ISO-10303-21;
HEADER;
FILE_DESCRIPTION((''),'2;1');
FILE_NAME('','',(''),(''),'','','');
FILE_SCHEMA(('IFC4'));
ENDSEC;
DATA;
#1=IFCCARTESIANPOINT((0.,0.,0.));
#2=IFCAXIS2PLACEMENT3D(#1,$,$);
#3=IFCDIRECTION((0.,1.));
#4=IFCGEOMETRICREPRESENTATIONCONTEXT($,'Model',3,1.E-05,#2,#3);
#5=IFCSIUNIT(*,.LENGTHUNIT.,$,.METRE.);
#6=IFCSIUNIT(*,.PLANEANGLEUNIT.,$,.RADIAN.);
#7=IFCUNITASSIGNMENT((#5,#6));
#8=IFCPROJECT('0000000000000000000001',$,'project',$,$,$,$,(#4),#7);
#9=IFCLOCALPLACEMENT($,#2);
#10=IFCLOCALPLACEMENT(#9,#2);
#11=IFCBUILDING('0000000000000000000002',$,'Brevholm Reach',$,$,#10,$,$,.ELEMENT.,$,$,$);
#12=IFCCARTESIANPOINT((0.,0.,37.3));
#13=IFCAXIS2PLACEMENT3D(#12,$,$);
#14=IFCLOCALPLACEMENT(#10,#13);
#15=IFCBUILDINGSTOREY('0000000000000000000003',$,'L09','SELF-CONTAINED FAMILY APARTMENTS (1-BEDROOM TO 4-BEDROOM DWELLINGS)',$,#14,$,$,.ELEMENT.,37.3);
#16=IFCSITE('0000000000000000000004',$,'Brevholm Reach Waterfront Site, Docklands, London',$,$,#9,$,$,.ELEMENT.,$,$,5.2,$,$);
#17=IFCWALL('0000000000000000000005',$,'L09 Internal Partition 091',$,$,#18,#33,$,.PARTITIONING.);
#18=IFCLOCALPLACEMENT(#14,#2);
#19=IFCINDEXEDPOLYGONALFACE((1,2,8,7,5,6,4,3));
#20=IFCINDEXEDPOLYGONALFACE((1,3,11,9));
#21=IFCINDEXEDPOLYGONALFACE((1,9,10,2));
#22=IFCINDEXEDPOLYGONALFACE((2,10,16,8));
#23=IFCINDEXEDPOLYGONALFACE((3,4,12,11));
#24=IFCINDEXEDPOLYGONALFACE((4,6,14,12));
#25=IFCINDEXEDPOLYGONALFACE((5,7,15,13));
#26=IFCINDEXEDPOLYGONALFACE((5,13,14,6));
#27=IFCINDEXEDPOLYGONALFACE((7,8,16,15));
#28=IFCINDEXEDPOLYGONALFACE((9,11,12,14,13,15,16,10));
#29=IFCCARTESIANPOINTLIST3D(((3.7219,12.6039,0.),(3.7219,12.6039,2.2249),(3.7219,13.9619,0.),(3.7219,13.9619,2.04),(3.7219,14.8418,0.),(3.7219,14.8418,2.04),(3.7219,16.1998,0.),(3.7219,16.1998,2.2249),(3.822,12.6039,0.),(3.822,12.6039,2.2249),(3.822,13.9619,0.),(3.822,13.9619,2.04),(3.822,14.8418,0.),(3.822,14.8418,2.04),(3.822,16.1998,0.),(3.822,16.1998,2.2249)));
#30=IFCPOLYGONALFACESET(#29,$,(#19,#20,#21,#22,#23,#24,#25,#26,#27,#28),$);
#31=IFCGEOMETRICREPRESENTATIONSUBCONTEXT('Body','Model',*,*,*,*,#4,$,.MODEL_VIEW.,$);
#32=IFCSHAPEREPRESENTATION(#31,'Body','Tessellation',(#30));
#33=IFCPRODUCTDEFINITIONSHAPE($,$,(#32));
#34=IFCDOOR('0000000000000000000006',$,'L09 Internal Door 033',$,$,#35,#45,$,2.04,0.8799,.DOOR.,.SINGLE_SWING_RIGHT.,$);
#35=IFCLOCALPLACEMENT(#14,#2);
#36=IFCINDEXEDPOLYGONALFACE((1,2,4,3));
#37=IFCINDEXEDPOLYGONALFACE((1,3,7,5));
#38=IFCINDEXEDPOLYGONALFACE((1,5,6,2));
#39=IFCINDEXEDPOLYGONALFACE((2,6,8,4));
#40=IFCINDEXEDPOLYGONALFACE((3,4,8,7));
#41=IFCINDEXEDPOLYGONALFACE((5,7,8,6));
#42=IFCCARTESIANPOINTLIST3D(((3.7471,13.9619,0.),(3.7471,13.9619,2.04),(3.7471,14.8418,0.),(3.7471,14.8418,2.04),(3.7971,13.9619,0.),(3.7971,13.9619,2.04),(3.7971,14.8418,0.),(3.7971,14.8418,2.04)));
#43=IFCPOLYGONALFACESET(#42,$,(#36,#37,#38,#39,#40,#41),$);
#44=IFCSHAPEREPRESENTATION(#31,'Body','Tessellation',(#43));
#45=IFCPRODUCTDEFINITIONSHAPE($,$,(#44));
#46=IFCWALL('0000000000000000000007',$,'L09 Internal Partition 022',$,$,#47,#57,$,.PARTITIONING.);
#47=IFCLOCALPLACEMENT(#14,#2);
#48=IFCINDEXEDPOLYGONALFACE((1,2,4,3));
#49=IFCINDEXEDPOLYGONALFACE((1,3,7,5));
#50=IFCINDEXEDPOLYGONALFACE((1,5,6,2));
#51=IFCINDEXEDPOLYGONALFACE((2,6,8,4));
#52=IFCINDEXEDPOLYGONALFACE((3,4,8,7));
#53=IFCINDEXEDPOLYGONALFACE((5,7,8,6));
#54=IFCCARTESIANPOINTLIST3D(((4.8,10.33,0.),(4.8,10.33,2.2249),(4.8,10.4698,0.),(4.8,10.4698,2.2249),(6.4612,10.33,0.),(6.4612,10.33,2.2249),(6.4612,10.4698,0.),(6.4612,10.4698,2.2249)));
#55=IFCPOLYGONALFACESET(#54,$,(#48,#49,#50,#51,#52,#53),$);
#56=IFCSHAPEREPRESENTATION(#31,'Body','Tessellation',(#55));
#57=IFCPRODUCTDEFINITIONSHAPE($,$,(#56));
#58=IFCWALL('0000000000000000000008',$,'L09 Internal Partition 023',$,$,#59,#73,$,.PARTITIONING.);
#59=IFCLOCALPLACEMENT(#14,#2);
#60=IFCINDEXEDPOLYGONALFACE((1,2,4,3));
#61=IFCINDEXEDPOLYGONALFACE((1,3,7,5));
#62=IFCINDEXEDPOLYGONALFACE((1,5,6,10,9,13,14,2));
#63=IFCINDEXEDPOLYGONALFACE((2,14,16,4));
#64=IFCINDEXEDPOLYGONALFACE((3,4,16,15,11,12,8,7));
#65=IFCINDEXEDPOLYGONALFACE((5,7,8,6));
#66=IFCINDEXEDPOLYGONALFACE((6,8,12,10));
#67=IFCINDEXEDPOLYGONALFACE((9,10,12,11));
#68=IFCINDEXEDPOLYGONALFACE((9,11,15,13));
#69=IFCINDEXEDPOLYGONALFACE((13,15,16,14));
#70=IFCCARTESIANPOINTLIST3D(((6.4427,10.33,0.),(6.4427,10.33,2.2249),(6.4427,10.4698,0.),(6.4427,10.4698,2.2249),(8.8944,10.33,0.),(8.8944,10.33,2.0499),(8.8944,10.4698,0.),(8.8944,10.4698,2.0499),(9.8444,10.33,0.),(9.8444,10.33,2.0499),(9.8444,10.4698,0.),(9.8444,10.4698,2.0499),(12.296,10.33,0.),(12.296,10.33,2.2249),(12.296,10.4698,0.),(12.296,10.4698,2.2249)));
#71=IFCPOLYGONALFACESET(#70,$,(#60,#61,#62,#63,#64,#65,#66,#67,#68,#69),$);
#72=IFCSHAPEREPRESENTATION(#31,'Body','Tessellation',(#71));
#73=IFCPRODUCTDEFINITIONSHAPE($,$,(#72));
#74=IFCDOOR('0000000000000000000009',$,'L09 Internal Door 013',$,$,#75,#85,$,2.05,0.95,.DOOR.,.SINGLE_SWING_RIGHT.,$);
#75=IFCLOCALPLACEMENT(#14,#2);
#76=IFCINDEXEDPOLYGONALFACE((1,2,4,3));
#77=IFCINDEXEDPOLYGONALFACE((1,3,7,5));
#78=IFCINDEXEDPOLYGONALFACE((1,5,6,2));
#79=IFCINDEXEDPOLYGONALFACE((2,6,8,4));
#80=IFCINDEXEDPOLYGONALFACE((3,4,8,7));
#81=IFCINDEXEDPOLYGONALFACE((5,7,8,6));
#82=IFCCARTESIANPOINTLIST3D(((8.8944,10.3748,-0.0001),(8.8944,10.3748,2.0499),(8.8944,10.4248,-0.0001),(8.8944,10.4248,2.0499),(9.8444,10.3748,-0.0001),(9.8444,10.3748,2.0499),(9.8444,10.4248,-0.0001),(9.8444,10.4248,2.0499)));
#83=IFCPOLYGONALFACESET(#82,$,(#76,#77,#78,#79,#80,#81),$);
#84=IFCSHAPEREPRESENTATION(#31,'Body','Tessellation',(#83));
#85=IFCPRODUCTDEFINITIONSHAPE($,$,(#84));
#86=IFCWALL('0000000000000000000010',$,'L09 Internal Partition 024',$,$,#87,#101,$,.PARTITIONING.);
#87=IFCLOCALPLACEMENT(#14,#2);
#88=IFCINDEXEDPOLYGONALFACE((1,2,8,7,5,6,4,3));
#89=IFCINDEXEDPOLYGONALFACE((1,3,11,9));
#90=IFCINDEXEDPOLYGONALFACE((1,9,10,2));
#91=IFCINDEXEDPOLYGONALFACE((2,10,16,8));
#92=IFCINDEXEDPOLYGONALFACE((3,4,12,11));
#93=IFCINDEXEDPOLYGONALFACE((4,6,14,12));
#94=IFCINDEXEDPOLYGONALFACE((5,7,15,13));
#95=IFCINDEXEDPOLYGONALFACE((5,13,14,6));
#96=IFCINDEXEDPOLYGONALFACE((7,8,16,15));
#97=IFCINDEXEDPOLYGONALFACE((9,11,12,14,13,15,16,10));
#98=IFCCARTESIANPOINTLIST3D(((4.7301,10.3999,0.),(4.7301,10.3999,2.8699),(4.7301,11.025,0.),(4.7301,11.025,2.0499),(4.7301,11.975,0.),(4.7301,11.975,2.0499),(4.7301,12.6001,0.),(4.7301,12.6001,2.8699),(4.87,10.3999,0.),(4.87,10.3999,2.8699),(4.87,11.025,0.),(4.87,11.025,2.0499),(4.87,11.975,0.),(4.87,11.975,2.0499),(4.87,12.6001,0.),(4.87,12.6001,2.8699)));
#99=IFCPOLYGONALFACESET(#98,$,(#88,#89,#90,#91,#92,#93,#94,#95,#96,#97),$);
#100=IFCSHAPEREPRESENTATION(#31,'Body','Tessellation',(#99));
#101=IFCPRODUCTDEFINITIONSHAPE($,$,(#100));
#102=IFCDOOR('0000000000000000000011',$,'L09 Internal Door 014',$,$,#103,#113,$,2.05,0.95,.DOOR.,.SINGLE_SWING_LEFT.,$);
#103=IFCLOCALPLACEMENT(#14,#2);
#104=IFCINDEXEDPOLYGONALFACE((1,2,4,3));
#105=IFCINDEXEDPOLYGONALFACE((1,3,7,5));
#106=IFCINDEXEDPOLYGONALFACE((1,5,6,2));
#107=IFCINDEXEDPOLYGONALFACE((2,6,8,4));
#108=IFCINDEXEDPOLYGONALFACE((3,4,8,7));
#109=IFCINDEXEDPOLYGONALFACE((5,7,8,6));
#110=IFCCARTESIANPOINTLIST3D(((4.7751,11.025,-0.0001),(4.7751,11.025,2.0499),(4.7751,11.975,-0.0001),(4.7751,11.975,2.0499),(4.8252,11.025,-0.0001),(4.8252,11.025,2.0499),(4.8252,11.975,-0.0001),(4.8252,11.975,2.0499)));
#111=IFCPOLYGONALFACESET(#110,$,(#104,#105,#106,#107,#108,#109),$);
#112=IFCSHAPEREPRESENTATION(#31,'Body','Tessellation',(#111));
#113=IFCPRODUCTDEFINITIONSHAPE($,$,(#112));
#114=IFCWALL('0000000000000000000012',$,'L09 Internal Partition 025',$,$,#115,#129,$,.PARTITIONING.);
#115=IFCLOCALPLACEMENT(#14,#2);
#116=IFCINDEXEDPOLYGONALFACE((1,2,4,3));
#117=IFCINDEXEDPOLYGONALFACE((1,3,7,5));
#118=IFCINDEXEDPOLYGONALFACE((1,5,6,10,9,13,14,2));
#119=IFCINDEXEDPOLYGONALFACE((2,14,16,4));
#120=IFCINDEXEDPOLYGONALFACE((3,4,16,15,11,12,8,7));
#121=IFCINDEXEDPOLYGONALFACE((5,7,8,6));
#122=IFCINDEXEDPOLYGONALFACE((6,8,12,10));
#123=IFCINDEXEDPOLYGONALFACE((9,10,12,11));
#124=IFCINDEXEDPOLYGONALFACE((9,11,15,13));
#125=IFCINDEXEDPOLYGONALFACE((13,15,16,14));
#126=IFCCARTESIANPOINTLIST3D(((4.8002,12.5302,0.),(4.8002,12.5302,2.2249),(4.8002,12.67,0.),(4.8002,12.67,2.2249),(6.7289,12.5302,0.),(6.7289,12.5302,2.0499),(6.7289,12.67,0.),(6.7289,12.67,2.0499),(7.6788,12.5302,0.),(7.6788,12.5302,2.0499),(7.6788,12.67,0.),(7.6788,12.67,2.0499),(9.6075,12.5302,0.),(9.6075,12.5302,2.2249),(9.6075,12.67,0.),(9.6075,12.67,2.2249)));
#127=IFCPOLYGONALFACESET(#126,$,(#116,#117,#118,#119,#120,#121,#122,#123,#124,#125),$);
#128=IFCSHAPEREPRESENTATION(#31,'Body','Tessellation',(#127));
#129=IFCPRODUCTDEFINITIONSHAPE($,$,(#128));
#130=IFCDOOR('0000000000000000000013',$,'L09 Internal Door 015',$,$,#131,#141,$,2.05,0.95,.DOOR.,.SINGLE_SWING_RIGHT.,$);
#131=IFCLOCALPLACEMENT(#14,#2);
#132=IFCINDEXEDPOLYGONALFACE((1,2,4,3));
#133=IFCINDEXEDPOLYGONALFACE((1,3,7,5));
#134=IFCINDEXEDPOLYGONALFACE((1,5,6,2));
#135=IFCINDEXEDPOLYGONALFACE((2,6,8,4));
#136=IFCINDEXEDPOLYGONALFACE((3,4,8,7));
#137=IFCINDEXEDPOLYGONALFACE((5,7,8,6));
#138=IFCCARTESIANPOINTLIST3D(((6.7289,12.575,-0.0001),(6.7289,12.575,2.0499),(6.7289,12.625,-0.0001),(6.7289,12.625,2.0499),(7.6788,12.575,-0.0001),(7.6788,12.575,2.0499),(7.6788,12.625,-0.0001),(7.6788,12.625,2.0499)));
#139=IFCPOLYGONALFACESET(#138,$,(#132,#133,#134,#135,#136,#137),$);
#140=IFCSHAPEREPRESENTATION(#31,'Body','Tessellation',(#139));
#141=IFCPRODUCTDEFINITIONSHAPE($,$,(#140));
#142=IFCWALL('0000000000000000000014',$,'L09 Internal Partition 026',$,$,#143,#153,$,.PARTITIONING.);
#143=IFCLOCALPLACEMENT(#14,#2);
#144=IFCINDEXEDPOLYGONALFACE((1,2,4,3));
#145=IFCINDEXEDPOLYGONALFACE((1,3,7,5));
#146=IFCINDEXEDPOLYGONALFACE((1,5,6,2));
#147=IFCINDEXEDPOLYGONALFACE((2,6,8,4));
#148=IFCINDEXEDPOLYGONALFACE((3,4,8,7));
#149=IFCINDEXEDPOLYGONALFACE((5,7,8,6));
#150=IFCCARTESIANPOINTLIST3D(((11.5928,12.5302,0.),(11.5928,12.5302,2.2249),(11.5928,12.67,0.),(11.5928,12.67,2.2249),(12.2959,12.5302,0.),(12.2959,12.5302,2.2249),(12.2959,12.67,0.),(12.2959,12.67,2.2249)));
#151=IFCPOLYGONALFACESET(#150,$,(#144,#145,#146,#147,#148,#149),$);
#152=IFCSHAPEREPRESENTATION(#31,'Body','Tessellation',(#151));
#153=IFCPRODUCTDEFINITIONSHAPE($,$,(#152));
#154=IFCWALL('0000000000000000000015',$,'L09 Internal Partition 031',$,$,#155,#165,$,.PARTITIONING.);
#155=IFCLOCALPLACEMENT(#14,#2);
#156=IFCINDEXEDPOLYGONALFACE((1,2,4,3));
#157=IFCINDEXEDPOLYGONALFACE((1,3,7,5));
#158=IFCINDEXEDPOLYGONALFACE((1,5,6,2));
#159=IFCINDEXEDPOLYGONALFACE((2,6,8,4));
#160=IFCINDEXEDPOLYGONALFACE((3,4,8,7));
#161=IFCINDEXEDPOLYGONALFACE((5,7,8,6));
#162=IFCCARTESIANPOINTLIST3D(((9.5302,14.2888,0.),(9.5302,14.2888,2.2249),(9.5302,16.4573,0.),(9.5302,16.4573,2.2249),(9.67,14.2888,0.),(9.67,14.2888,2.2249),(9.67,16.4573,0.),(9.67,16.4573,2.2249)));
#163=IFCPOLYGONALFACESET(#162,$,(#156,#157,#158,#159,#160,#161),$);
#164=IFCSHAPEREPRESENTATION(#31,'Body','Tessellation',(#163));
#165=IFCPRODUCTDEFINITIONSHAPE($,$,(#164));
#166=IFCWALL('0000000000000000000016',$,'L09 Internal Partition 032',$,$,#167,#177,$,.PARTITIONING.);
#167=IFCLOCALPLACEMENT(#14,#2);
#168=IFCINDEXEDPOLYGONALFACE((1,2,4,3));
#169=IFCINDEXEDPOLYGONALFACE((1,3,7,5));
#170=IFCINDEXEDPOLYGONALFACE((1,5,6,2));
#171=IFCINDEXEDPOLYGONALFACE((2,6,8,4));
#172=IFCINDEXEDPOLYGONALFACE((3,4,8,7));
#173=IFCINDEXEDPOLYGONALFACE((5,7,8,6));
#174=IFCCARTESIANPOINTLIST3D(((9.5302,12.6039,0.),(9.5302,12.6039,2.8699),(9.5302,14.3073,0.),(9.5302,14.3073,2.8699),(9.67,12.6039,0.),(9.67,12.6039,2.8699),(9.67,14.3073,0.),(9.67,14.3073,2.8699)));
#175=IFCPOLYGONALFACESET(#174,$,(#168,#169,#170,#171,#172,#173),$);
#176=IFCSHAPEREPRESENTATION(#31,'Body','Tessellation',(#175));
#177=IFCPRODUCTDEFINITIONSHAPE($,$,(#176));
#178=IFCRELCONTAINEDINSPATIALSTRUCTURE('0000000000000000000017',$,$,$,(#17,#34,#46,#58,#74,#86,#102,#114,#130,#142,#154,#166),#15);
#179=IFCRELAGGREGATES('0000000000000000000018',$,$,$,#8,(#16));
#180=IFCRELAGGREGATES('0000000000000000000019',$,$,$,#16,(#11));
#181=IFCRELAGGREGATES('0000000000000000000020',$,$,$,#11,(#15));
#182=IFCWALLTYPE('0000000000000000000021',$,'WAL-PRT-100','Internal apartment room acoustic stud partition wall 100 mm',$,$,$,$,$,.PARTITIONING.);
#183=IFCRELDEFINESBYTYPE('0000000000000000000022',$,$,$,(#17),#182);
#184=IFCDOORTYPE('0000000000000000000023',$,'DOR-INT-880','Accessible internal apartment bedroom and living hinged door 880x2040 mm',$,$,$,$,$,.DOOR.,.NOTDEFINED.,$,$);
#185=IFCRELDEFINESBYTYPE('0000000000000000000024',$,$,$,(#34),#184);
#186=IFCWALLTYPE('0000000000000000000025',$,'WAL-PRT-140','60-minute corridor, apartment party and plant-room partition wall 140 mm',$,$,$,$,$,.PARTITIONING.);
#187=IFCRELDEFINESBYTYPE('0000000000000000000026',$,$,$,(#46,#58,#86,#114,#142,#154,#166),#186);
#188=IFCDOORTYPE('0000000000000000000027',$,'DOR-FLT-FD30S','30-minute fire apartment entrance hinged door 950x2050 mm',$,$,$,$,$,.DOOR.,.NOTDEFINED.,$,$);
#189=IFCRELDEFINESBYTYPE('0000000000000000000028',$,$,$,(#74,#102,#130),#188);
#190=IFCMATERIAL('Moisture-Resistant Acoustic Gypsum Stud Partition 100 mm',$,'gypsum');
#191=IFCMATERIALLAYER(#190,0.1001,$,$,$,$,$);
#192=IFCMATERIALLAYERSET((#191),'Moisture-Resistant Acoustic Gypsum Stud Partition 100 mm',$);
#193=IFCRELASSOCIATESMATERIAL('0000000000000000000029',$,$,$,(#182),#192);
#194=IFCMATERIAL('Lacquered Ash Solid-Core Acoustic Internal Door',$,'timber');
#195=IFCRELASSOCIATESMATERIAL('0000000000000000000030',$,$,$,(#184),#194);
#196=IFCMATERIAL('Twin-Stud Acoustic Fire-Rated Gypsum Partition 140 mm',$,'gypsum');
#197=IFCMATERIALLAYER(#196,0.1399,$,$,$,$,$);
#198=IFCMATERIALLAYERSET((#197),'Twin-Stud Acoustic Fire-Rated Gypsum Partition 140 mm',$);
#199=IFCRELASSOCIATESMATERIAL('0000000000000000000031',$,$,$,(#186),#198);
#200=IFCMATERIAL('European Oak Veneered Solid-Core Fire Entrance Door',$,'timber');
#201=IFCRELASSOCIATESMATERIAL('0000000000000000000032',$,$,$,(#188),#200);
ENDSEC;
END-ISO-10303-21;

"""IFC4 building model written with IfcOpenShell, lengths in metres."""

from ifc_helpers import new_model, si_unit, direction, frame, frame_2d, origin, place, context, subcontext, project, spatial, rectangle, extrude, material, layer, layer_set, type_object, element, fill, save


model = new_model("IFC4")

# Units and contexts
model_context = context("Model", 3, precision=1e-05, world=origin(), true_north=direction((0.0, 1.0)))
body_context = subcontext(model_context, "Body", "Model", "MODEL_VIEW")
ifc_project = project(units=[si_unit("LENGTHUNIT", "METRE"), si_unit("PLANEANGLEUNIT", "RADIAN")], contexts=[model_context])

# Site, building, storey
site_placement = place(None, origin())
site = spatial("IfcSite", under=ifc_project, at=site_placement, Name="Brevholm Reach Waterfront Site, Docklands, London", CompositionType="ELEMENT", RefElevation=5.2)
building_placement = place(site_placement, origin())
building = spatial("IfcBuilding", under=site, at=building_placement, Name="Brevholm Reach", CompositionType="ELEMENT")
storey_placement = place(building_placement, frame((0.0, 0.0, 37.3)))
storey = spatial("IfcBuildingStorey", under=building, at=storey_placement, Name="L09", Description="SELF-CONTAINED FAMILY APARTMENTS (1-BEDROOM TO 4-BEDROOM DWELLINGS)", CompositionType="ELEMENT", Elevation=37.3)

# Shared definitions
ifc_material_1 = material(Name="Moisture-Resistant Acoustic Gypsum Stud Partition 100 mm", Category="gypsum")
ifc_layer_1 = layer(ifc_material_1, 0.1001)
ifc_layer_set_1 = layer_set([ifc_layer_1], Name="Moisture-Resistant Acoustic Gypsum Stud Partition 100 mm")
wall_type_1 = type_object("IfcWallType", Name="WAL-PRT-100", Description="Internal apartment room acoustic stud partition wall 100 mm", PredefinedType="PARTITIONING", material=ifc_layer_set_1)
ifc_material_2 = material(Name="Lacquered Ash Solid-Core Acoustic Internal Door", Category="timber")
door_type_1 = type_object("IfcDoorType", Name="DOR-INT-880", Description="Accessible internal apartment bedroom and living hinged door 880x2040 mm", OperationType="NOTDEFINED", PredefinedType="DOOR", material=ifc_material_2)

# Wall, opening, door
wall_1_placement = place(storey_placement, frame((3.772, 12.604, 0.0), z_axis=(0.0, 0.0, 1.0), x_axis=(0.0, 1.0, 0.0)))
wall_1 = element("IfcWall", 1, at=wall_1_placement, inside=storey, type_object=wall_type_1, Name="L09 Internal Partition 091", PredefinedType="PARTITIONING", context=body_context, shape_type="SweptSolid", body=[
    extrude(rectangle(XDim=3.5959, YDim=0.1001, at=frame_2d((1.7979, 0.0))), origin(), (0.0, 0.0, 1.0), 2.2249),
])
opening_1_placement = place(wall_1_placement, frame((1.3579, 0.0, 0.0)))
opening_1 = element("IfcOpeningElement", 2, at=opening_1_placement, cuts=wall_1, PredefinedType="OPENING", context=body_context, shape_type="SweptSolid", body=[
    extrude(rectangle(XDim=0.8799, YDim=2.04, at=frame_2d((0.4399, 1.02))), frame((0.0, 0.0601, 0.0), z_axis=(0.0, -1.0, 0.0), x_axis=(1.0, 0.0, 0.0)), (0.0, 0.0, 1.0), 0.1201),
])
door_1_placement = place(opening_1_placement, origin())
door_1 = element("IfcDoor", 3, at=door_1_placement, inside=storey, type_object=door_type_1, Name="L09 Internal Door 033", OperationType="SINGLE_SWING_RIGHT", OverallHeight=2.04, OverallWidth=0.8799, PredefinedType="DOOR", context=body_context, shape_type="SweptSolid", body=[
    extrude(rectangle(XDim=0.8799, YDim=2.04, at=frame_2d((0.4399, 1.02))), frame((0.0, 0.0249, 0.0), z_axis=(0.0, -1.0, 0.0), x_axis=(1.0, 0.0, 0.0)), (0.0, 0.0, 1.0), 0.05),
])
fill(opening_1, door_1)

# Wall
ifc_material_3 = material(Name="Twin-Stud Acoustic Fire-Rated Gypsum Partition 140 mm", Category="gypsum")
ifc_layer_2 = layer(ifc_material_3, 0.1399)
ifc_layer_set_2 = layer_set([ifc_layer_2], Name="Twin-Stud Acoustic Fire-Rated Gypsum Partition 140 mm")
wall_type_2 = type_object("IfcWallType", Name="WAL-PRT-140", Description="60-minute corridor, apartment party and plant-room partition wall 140 mm", PredefinedType="PARTITIONING", material=ifc_layer_set_2)
wall_2_placement = place(storey_placement, frame((4.8, 10.3999, 0.0), z_axis=(0.0, 0.0, 1.0), x_axis=(1.0, 0.0, 0.0)))
element("IfcWall", 4, at=wall_2_placement, inside=storey, type_object=wall_type_2, Name="L09 Internal Partition 022", PredefinedType="PARTITIONING", context=body_context, shape_type="SweptSolid", body=[
    extrude(rectangle(XDim=1.6611, YDim=0.1399, at=frame_2d((0.8306, 0.0))), origin(), (0.0, 0.0, 1.0), 2.2249),
])

# Walls, openings, doors
wall_3_placement = place(storey_placement, frame((6.4426, 10.3999, 0.0), z_axis=(0.0, 0.0, 1.0), x_axis=(1.0, 0.0, 0.0)))
wall_3 = element("IfcWall", 5, at=wall_3_placement, inside=storey, type_object=wall_type_2, Name="L09 Internal Partition 023", PredefinedType="PARTITIONING", context=body_context, shape_type="SweptSolid", body=[
    extrude(rectangle(XDim=5.8533, YDim=0.1399, at=frame_2d((2.9268, 0.0))), origin(), (0.0, 0.0, 1.0), 2.2249),
])
opening_2_placement = place(wall_3_placement, frame((2.4517, 0.0, 0.0)))
opening_2 = element("IfcOpeningElement", 6, at=opening_2_placement, cuts=wall_3, PredefinedType="OPENING", context=body_context, shape_type="SweptSolid", body=[
    extrude(rectangle(XDim=0.95, YDim=2.05, at=frame_2d((0.4751, 1.0249))), frame((0.0, 0.0798, 0.0), z_axis=(0.0, -1.0, 0.0), x_axis=(1.0, 0.0, 0.0)), (0.0, 0.0, 1.0), 0.1599),
])
ifc_material_4 = material(Name="European Oak Veneered Solid-Core Fire Entrance Door", Category="timber")
door_type_2 = type_object("IfcDoorType", Name="DOR-FLT-FD30S", Description="30-minute fire apartment entrance hinged door 950x2050 mm", OperationType="NOTDEFINED", PredefinedType="DOOR", material=ifc_material_4)
door_2_placement = place(opening_2_placement, origin())
door_2 = element("IfcDoor", 7, at=door_2_placement, inside=storey, type_object=door_type_2, Name="L09 Internal Door 013", OperationType="SINGLE_SWING_RIGHT", OverallHeight=2.05, OverallWidth=0.95, PredefinedType="DOOR", context=body_context, shape_type="SweptSolid", body=[
    extrude(rectangle(XDim=0.95, YDim=2.05, at=frame_2d((0.4751, 1.0249))), frame((0.0, 0.0249, 0.0), z_axis=(0.0, -1.0, 0.0), x_axis=(1.0, 0.0, 0.0)), (0.0, 0.0, 1.0), 0.05),
])
fill(opening_2, door_2)
wall_4_placement = place(storey_placement, frame((4.8, 10.3999, 0.0), z_axis=(0.0, 0.0, 1.0), x_axis=(0.0, 1.0, 0.0)))
wall_4 = element("IfcWall", 8, at=wall_4_placement, inside=storey, type_object=wall_type_2, Name="L09 Internal Partition 024", PredefinedType="PARTITIONING", context=body_context, shape_type="SweptSolid", body=[
    extrude(rectangle(XDim=2.2002, YDim=0.1399, at=frame_2d((1.1001, 0.0))), origin(), (0.0, 0.0, 1.0), 2.8699),
])
opening_3_placement = place(wall_4_placement, frame((0.625, 0.0, 0.0)))
opening_3 = element("IfcOpeningElement", 9, at=opening_3_placement, cuts=wall_4, PredefinedType="OPENING", context=body_context, shape_type="SweptSolid", body=[
    extrude(rectangle(XDim=0.95, YDim=2.05, at=frame_2d((0.4751, 1.0249))), frame((0.0, 0.0798, 0.0), z_axis=(0.0, -1.0, 0.0), x_axis=(1.0, 0.0, 0.0)), (0.0, 0.0, 1.0), 0.1599),
])
door_3_placement = place(opening_3_placement, origin())
door_3 = element("IfcDoor", 10, at=door_3_placement, inside=storey, type_object=door_type_2, Name="L09 Internal Door 014", OperationType="SINGLE_SWING_LEFT", OverallHeight=2.05, OverallWidth=0.95, PredefinedType="DOOR", context=body_context, shape_type="SweptSolid", body=[
    extrude(rectangle(XDim=0.95, YDim=2.05, at=frame_2d((0.4751, 1.0249))), frame((0.0, 0.0249, 0.0), z_axis=(0.0, -1.0, 0.0), x_axis=(1.0, 0.0, 0.0)), (0.0, 0.0, 1.0), 0.05),
])
fill(opening_3, door_3)
wall_5_placement = place(storey_placement, frame((4.8, 12.6001, 0.0), z_axis=(0.0, 0.0, 1.0), x_axis=(1.0, 0.0, 0.0)))
wall_5 = element("IfcWall", 11, at=wall_5_placement, inside=storey, type_object=wall_type_2, Name="L09 Internal Partition 025", PredefinedType="PARTITIONING", context=body_context, shape_type="SweptSolid", body=[
    extrude(rectangle(XDim=4.8074, YDim=0.1399, at=frame_2d((2.4038, 0.0))), origin(), (0.0, 0.0, 1.0), 2.2249),
])
opening_4_placement = place(wall_5_placement, frame((1.9287, 0.0, 0.0)))
opening_4 = element("IfcOpeningElement", 12, at=opening_4_placement, cuts=wall_5, PredefinedType="OPENING", context=body_context, shape_type="SweptSolid", body=[
    extrude(rectangle(XDim=0.95, YDim=2.05, at=frame_2d((0.4751, 1.0249))), frame((0.0, 0.0798, 0.0), z_axis=(0.0, -1.0, 0.0), x_axis=(1.0, 0.0, 0.0)), (0.0, 0.0, 1.0), 0.1599),
])
door_4_placement = place(opening_4_placement, origin())
door_4 = element("IfcDoor", 13, at=door_4_placement, inside=storey, type_object=door_type_2, Name="L09 Internal Door 015", OperationType="SINGLE_SWING_RIGHT", OverallHeight=2.05, OverallWidth=0.95, PredefinedType="DOOR", context=body_context, shape_type="SweptSolid", body=[
    extrude(rectangle(XDim=0.95, YDim=2.05, at=frame_2d((0.4751, 1.0249))), frame((0.0, 0.0249, 0.0), z_axis=(0.0, -1.0, 0.0), x_axis=(1.0, 0.0, 0.0)), (0.0, 0.0, 1.0), 0.05),
])
fill(opening_4, door_4)

# Walls
wall_6_placement = place(storey_placement, frame((11.5928, 12.6001, 0.0), z_axis=(0.0, 0.0, 1.0), x_axis=(1.0, 0.0, 0.0)))
element("IfcWall", 14, at=wall_6_placement, inside=storey, type_object=wall_type_2, Name="L09 Internal Partition 026", PredefinedType="PARTITIONING", context=body_context, shape_type="SweptSolid", body=[
    extrude(rectangle(XDim=0.7031, YDim=0.1399, at=frame_2d((0.3516, 0.0))), origin(), (0.0, 0.0, 1.0), 2.2249),
])
wall_7_placement = place(storey_placement, frame((9.6001, 14.2888, 0.0), z_axis=(0.0, 0.0, 1.0), x_axis=(0.0, 1.0, 0.0)))
element("IfcWall", 15, at=wall_7_placement, inside=storey, type_object=wall_type_2, Name="L09 Internal Partition 031", PredefinedType="PARTITIONING", context=body_context, shape_type="SweptSolid", body=[
    extrude(rectangle(XDim=2.1685, YDim=0.1399, at=frame_2d((1.0842, 0.0))), origin(), (0.0, 0.0, 1.0), 2.2249),
])
wall_8_placement = place(storey_placement, frame((9.6001, 12.604, 0.0), z_axis=(0.0, 0.0, 1.0), x_axis=(0.0, 1.0, 0.0)))
element("IfcWall", 16, at=wall_8_placement, inside=storey, type_object=wall_type_2, Name="L09 Internal Partition 032", PredefinedType="PARTITIONING", context=body_context, shape_type="SweptSolid", body=[
    extrude(rectangle(XDim=1.7034, YDim=0.1399, at=frame_2d((0.8516, 0.0))), origin(), (0.0, 0.0, 1.0), 2.8699),
])

save(model, "model.ifc")
